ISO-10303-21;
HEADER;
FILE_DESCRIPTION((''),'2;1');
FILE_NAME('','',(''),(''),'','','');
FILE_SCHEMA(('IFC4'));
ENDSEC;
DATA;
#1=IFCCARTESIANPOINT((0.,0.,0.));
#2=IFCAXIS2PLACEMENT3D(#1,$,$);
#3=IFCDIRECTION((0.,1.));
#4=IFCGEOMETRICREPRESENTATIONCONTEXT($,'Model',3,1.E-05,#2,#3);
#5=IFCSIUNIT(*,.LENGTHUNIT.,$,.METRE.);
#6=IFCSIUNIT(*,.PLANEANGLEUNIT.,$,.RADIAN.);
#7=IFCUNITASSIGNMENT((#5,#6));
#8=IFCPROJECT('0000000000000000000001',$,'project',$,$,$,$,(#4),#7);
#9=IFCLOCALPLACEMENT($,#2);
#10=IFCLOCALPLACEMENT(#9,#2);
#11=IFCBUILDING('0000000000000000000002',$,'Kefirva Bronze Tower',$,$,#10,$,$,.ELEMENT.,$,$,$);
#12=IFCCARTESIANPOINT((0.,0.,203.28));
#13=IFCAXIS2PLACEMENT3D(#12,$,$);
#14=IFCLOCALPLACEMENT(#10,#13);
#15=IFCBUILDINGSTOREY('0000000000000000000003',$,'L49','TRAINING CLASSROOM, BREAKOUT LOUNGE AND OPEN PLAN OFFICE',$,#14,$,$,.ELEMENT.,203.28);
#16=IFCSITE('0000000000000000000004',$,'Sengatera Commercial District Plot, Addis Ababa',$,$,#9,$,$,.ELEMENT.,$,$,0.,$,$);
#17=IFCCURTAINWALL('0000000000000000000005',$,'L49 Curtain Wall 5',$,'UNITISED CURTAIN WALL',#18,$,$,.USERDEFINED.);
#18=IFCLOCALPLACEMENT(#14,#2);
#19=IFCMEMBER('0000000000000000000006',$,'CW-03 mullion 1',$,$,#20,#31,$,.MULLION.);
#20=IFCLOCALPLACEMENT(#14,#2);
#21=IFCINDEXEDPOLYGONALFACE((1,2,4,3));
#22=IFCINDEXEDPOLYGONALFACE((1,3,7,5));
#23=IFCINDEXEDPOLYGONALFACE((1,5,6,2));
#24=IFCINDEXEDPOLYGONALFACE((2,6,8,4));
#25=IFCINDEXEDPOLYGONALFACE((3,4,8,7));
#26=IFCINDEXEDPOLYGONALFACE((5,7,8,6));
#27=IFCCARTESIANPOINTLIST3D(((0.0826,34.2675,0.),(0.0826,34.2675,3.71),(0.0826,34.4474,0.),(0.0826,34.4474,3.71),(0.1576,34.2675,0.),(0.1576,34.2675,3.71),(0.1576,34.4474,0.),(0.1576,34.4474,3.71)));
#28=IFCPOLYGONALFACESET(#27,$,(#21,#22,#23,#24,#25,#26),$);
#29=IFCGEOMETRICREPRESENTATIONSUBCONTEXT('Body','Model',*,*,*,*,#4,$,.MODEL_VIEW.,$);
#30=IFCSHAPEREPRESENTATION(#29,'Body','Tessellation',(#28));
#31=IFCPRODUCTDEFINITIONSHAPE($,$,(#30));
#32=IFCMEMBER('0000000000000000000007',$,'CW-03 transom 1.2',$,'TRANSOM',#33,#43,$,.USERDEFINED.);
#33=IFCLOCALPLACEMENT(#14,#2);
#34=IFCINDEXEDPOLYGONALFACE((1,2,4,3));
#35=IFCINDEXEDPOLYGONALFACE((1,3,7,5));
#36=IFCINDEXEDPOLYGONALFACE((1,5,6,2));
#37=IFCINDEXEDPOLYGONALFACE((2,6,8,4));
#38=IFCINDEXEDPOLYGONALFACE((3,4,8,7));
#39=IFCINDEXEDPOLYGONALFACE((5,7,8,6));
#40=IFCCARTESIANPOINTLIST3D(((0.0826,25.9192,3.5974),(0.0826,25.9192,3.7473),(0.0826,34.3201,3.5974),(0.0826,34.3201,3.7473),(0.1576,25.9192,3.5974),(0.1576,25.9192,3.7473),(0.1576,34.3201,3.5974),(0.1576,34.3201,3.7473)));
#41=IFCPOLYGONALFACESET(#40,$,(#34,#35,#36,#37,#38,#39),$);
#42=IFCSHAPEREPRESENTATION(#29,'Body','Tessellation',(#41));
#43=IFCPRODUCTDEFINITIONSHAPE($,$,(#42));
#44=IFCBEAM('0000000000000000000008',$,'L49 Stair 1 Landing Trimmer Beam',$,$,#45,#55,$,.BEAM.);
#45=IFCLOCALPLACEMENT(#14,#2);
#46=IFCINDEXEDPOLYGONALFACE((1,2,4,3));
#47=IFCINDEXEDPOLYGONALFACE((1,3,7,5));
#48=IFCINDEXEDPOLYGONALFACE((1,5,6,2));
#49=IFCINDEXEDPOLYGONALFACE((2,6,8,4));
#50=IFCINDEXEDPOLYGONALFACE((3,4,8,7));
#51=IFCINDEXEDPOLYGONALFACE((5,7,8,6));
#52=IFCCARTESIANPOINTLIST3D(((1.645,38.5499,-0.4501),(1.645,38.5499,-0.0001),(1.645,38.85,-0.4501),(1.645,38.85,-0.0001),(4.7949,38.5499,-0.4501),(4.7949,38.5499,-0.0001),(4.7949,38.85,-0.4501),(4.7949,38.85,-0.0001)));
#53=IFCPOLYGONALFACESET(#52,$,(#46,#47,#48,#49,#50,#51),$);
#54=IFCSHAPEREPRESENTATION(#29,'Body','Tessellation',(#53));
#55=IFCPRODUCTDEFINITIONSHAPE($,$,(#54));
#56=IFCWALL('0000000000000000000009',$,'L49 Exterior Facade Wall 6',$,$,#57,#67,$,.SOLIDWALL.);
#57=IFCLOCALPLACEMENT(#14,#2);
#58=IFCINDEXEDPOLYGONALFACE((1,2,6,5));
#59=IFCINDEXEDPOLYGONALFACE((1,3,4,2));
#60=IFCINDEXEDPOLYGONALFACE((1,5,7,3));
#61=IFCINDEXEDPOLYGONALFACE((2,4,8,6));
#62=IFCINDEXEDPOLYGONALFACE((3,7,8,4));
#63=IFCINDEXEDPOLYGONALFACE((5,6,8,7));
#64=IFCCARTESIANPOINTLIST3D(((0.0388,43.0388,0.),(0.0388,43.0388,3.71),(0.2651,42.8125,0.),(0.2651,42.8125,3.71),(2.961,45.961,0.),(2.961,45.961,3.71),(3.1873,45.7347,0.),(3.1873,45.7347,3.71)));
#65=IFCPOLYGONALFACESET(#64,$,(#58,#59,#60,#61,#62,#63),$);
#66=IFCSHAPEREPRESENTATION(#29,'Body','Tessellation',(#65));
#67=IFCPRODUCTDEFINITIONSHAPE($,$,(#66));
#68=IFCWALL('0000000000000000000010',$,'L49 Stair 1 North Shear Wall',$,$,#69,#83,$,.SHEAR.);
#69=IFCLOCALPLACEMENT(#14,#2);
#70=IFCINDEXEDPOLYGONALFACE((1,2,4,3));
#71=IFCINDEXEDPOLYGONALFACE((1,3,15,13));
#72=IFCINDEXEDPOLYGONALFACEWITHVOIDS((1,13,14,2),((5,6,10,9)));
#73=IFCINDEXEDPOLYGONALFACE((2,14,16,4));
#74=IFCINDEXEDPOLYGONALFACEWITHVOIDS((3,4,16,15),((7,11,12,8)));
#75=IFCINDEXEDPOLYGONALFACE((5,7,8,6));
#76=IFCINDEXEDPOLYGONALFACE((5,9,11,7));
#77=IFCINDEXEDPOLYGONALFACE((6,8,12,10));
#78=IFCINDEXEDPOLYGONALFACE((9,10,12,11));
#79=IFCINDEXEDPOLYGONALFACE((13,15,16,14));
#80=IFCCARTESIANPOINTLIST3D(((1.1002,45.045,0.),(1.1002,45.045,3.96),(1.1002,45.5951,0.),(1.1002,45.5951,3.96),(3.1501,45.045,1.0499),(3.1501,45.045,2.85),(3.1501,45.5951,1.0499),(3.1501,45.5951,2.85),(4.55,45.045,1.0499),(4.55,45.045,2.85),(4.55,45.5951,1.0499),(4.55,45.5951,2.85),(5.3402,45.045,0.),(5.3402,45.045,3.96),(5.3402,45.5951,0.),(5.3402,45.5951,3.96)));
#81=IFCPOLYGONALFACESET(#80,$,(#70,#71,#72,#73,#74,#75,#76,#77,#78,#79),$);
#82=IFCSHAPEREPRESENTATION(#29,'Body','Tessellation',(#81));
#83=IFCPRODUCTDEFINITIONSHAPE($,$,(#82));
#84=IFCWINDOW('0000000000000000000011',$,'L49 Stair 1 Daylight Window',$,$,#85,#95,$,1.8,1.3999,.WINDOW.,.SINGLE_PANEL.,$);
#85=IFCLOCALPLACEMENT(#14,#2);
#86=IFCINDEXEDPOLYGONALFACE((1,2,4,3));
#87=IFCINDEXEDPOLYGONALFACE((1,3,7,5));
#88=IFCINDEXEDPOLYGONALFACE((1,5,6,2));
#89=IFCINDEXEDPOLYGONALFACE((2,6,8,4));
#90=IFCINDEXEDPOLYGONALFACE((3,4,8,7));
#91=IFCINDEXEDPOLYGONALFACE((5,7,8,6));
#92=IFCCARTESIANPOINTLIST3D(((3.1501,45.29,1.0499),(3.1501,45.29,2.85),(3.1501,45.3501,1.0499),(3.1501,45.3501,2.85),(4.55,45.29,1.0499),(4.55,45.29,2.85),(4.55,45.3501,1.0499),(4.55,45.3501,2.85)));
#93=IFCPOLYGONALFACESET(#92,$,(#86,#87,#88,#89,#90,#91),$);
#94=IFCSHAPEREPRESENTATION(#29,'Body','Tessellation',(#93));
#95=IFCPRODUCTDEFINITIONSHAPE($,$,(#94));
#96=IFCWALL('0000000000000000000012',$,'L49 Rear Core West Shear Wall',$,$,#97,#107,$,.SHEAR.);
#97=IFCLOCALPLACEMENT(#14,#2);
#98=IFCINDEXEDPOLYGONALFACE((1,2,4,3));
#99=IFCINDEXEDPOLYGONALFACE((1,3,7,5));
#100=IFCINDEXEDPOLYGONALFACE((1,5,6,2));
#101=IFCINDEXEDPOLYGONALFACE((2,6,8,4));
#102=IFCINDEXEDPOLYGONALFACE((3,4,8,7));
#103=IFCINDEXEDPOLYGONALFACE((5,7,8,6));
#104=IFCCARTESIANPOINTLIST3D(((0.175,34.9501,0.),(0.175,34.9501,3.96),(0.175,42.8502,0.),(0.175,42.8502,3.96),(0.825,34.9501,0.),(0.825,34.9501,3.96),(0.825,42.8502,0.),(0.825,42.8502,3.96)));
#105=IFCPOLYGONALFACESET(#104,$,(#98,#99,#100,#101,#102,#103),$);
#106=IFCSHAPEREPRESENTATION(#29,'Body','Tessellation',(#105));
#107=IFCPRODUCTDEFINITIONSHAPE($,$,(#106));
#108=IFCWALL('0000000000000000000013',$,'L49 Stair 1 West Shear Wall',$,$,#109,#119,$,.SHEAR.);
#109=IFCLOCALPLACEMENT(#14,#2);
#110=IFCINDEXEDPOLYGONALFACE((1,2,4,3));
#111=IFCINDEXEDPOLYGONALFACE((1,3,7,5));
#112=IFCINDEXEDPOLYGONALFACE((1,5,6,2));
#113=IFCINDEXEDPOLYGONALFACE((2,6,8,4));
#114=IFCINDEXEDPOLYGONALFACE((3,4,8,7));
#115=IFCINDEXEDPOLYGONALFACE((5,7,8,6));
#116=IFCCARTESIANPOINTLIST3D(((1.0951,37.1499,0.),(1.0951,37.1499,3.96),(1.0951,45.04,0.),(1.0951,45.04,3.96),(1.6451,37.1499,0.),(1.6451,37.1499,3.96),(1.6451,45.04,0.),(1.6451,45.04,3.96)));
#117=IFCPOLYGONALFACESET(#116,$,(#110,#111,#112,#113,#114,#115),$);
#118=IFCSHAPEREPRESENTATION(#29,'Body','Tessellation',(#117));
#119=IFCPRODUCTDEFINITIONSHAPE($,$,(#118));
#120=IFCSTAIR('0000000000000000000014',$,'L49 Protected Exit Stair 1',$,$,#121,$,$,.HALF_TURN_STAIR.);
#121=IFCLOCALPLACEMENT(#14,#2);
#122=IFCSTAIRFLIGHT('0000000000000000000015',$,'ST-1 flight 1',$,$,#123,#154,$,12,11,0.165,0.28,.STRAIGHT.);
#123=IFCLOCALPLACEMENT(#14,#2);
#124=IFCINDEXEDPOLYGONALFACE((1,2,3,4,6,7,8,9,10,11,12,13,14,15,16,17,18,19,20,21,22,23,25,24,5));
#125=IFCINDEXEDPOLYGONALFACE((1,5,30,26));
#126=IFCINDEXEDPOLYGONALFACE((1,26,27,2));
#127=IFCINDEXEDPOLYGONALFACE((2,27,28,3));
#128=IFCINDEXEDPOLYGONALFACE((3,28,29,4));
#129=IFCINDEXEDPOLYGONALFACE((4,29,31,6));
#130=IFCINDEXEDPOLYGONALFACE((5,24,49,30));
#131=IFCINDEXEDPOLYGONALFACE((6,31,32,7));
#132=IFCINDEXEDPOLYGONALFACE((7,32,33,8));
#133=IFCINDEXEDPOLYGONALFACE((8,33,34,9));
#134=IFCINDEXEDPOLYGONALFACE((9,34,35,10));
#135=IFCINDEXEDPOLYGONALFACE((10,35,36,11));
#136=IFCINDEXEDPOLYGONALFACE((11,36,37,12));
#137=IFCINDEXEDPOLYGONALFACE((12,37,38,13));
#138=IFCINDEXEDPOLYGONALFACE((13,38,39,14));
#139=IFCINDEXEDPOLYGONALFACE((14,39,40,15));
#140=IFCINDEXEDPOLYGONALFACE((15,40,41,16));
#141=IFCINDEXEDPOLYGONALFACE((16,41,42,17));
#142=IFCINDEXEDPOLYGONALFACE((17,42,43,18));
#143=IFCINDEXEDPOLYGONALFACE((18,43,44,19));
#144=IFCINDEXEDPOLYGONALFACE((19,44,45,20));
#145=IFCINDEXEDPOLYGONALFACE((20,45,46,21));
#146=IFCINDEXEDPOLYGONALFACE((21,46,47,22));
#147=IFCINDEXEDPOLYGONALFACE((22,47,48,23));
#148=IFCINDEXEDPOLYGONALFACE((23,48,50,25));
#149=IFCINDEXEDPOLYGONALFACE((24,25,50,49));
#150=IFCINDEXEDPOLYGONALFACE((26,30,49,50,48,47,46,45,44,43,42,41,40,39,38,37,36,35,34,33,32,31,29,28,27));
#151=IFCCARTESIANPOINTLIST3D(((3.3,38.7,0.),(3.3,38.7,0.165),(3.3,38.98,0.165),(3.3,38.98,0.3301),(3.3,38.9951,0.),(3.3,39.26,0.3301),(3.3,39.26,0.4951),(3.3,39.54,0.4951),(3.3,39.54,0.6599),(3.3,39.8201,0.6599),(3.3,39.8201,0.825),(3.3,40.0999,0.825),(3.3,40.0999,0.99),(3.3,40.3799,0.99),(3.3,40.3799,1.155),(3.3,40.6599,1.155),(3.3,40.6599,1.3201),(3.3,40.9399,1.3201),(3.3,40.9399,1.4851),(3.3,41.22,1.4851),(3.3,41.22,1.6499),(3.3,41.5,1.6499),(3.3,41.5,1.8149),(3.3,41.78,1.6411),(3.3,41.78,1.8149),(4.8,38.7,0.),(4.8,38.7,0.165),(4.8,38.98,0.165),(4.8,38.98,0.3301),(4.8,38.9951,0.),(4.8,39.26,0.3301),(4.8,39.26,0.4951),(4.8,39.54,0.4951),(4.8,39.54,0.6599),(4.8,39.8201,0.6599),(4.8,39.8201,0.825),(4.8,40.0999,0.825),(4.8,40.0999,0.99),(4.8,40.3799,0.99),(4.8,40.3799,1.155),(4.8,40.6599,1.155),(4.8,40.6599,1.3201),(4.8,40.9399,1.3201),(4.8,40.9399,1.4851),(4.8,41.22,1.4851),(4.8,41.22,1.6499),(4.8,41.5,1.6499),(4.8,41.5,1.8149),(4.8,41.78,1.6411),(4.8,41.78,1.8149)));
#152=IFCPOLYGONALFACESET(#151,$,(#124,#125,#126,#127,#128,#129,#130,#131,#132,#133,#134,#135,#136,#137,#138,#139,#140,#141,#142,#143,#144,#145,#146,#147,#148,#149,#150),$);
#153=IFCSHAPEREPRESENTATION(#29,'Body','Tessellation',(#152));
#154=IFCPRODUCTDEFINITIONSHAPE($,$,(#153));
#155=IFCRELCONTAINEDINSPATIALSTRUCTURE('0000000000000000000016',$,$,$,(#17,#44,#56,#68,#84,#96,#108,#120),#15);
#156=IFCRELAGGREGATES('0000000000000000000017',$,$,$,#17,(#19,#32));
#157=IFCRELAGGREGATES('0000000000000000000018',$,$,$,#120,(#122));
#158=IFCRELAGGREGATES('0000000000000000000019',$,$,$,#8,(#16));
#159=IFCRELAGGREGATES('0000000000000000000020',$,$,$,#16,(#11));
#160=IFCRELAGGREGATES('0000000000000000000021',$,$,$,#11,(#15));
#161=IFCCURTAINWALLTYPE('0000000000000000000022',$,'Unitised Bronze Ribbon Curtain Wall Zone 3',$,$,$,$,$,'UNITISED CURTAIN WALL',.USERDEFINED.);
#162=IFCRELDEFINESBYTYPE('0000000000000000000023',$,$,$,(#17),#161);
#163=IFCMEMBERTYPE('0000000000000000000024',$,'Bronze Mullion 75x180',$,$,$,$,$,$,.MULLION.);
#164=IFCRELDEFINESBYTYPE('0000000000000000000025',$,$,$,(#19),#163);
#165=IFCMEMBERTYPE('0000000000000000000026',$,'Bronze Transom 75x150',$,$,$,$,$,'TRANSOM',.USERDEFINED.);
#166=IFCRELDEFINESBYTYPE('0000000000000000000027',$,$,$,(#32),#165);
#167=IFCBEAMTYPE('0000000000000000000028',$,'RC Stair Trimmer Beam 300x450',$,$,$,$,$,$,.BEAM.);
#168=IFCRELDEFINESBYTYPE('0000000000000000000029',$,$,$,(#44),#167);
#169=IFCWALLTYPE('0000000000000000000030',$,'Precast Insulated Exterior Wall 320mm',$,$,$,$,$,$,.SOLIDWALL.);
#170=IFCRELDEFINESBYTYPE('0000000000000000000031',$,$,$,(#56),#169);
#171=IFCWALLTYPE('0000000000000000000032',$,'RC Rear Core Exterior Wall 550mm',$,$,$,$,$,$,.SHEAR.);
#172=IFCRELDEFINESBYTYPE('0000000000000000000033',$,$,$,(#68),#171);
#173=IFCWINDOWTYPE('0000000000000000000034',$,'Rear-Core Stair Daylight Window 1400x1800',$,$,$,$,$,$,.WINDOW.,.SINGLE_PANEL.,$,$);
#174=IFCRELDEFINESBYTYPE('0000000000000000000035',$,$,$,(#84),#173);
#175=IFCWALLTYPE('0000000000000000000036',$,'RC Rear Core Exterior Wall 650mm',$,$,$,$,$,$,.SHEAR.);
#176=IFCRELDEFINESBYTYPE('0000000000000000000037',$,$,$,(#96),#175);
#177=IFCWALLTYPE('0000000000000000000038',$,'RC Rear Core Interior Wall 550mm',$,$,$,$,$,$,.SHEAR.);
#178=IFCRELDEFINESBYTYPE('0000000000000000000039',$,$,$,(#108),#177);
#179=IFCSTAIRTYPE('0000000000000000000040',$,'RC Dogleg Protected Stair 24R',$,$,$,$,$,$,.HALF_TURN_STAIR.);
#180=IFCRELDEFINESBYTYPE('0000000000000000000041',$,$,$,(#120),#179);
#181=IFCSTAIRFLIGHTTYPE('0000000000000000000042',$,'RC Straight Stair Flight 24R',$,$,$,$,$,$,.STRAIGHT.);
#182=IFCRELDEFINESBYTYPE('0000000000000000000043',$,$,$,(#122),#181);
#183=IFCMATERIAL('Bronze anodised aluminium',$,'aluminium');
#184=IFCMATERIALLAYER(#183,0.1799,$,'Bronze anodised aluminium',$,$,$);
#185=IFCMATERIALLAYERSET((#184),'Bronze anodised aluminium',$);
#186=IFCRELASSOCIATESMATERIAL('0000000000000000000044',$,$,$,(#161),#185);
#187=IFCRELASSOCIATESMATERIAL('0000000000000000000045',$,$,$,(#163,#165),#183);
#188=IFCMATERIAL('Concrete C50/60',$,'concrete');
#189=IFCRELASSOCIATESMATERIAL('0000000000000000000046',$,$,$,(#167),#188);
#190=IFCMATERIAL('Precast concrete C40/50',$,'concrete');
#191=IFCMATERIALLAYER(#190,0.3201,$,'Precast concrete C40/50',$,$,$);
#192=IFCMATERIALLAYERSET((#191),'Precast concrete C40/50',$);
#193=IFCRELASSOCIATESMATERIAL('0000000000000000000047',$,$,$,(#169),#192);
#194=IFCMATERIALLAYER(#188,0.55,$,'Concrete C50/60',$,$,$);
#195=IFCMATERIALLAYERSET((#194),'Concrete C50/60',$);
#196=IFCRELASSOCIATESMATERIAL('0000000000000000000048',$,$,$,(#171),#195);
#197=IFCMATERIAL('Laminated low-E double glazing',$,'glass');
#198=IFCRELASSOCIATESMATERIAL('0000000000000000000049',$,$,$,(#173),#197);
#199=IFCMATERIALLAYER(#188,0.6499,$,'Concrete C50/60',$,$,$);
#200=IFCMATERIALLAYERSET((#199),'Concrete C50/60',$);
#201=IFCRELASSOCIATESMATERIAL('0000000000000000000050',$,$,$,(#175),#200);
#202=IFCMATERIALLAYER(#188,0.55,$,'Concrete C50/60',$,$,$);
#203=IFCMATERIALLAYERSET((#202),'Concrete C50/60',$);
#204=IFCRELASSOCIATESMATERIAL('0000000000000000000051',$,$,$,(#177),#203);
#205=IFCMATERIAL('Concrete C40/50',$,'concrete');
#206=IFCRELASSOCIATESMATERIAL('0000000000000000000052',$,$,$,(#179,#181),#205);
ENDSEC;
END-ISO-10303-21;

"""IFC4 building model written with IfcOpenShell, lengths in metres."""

from ifc_helpers import new_model, si_unit, direction, frame, frame_2d, origin, origin_2d, place, context, subcontext, project, spatial, polyline, rectangle, outline, extrude, material, layer, layer_set, material_profile, profile_set, type_object, element, fill, aggregate, save


model = new_model("IFC4")

# Units and contexts
model_context = context("Model", 3, precision=1e-05, world=origin(), true_north=direction((0.0, 1.0)))
body_context = subcontext(model_context, "Body", "Model", "MODEL_VIEW")
ifc_project = project(units=[si_unit("LENGTHUNIT", "METRE"), si_unit("PLANEANGLEUNIT", "RADIAN")], contexts=[model_context])

# Site, building, storey
site_placement = place(None, origin())
site = spatial("IfcSite", under=ifc_project, at=site_placement, Name="Sengatera Commercial District Plot, Addis Ababa", CompositionType="ELEMENT", RefElevation=0.0)
building_placement = place(site_placement, origin())
building = spatial("IfcBuilding", under=site, at=building_placement, Name="Kefirva Bronze Tower", CompositionType="ELEMENT")
storey_placement = place(building_placement, frame((0.0, 0.0, 203.28)))
storey = spatial("IfcBuildingStorey", under=building, at=storey_placement, Name="L49", Description="TRAINING CLASSROOM, BREAKOUT LOUNGE AND OPEN PLAN OFFICE", CompositionType="ELEMENT", Elevation=203.28)

# Curtain wall, members
ifc_material_1 = material(Name="Bronze anodised aluminium", Category="aluminium")
ifc_layer_1 = layer(ifc_material_1, 0.1799, Name="Bronze anodised aluminium")
ifc_layer_set_1 = layer_set([ifc_layer_1], Name="Bronze anodised aluminium")
curtain_wall_type = type_object("IfcCurtainWallType", Name="Unitised Bronze Ribbon Curtain Wall Zone 3", ElementType="UNITISED CURTAIN WALL", PredefinedType="USERDEFINED", material=ifc_layer_set_1)
curtain_wall_placement = place(storey_placement, origin())
curtain_wall = element("IfcCurtainWall", 1, at=curtain_wall_placement, inside=storey, type_object=curtain_wall_type, Name="L49 Curtain Wall 5", ObjectType="UNITISED CURTAIN WALL", PredefinedType="USERDEFINED")
ifc_material_profile_1 = material_profile(ifc_material_1, rectangle(XDim=0.075, YDim=0.1799, at=origin_2d()), Name="ALU 75x180")
ifc_profile_set_1 = profile_set([ifc_material_profile_1], Name="Bronze anodised aluminium")
member_type_1 = type_object("IfcMemberType", Name="Bronze Mullion 75x180", PredefinedType="MULLION", material=ifc_profile_set_1)
member_1_placement = place(storey_placement, frame((0.1201, 34.3574, 0.0), z_axis=(0.0, 0.0, 1.0), x_axis=(1.0, 0.0, 0.0)))
member_1 = element("IfcMember", 2, at=member_1_placement, type_object=member_type_1, Name="CW-03 mullion 1", PredefinedType="MULLION", context=body_context, shape_type="SweptSolid", body=[
    extrude(rectangle(XDim=0.075, YDim=0.1799, at=origin_2d()), origin(), (0.0, 0.0, 1.0), 3.71),
])
ifc_material_profile_2 = material_profile(ifc_material_1, rectangle(XDim=0.075, YDim=0.1499, at=origin_2d()), Name="ALU 75x150")
ifc_profile_set_2 = profile_set([ifc_material_profile_2], Name="Bronze anodised aluminium")
member_type_2 = type_object("IfcMemberType", Name="Bronze Transom 75x150", ElementType="TRANSOM", PredefinedType="USERDEFINED", material=ifc_profile_set_2)
member_2_placement = place(storey_placement, frame((0.1201, 34.3201, 3.6724), z_axis=(0.0, -1.0, 0.0), x_axis=(1.0, 0.0, 0.0)))
member_2 = element("IfcMember", 3, at=member_2_placement, type_object=member_type_2, Name="CW-03 transom 1.2", ObjectType="TRANSOM", PredefinedType="USERDEFINED", context=body_context, shape_type="SweptSolid", body=[
    extrude(rectangle(XDim=0.075, YDim=0.1499, at=origin_2d()), origin(), (0.0, 0.0, 1.0), 8.4009),
])
aggregate(curtain_wall, [member_1, member_2])

# Beam
ifc_material_2 = material(Name="Concrete C50/60", Category="concrete")
ifc_material_profile_3 = material_profile(ifc_material_2, rectangle(XDim=0.3, YDim=0.45, at=origin_2d()), Name="RC 300x450")
ifc_profile_set_3 = profile_set([ifc_material_profile_3], Name="Concrete C50/60")
beam_type = type_object("IfcBeamType", Name="RC Stair Trimmer Beam 300x450", PredefinedType="BEAM", material=ifc_profile_set_3)
beam_placement = place(storey_placement, frame((1.645, 38.7, -0.2251), z_axis=(1.0, 0.0, 0.0), x_axis=(0.0, 1.0, 0.0)))
element("IfcBeam", 4, at=beam_placement, inside=storey, type_object=beam_type, Name="L49 Stair 1 Landing Trimmer Beam", PredefinedType="BEAM", context=body_context, shape_type="SweptSolid", body=[
    extrude(rectangle(XDim=0.3, YDim=0.45, at=origin_2d()), origin(), (0.0, 0.0, 1.0), 3.1499),
])

# Wall
ifc_material_3 = material(Name="Precast concrete C40/50", Category="concrete")
ifc_layer_2 = layer(ifc_material_3, 0.3201, Name="Precast concrete C40/50")
ifc_layer_set_2 = layer_set([ifc_layer_2], Name="Precast concrete C40/50")
wall_type_1 = type_object("IfcWallType", Name="Precast Insulated Exterior Wall 320mm", PredefinedType="SOLIDWALL", material=ifc_layer_set_2)
wall_1_placement = place(storey_placement, frame((3.0742, 45.8479, 0.0), z_axis=(0.0, 0.0, 1.0), x_axis=(-0.707107, -0.707107, 0.0)))
element("IfcWall", 5, at=wall_1_placement, inside=storey, type_object=wall_type_1, Name="L49 Exterior Facade Wall 6", PredefinedType="SOLIDWALL", context=body_context, shape_type="SweptSolid", body=[
    extrude(rectangle(XDim=4.1326, YDim=0.3201, at=frame_2d((2.0664, 0.0))), origin(), (0.0, 0.0, 1.0), 3.71),
])

# Wall, opening, window
ifc_layer_3 = layer(ifc_material_2, 0.55, Name="Concrete C50/60")
ifc_layer_set_3 = layer_set([ifc_layer_3], Name="Concrete C50/60")
wall_type_2 = type_object("IfcWallType", Name="RC Rear Core Exterior Wall 550mm", PredefinedType="SHEAR", material=ifc_layer_set_3)
wall_2_placement = place(storey_placement, frame((1.1001, 45.3201, 0.0), z_axis=(0.0, 0.0, 1.0), x_axis=(1.0, 0.0, 0.0)))
wall_2 = element("IfcWall", 6, at=wall_2_placement, inside=storey, type_object=wall_type_2, Name="L49 Stair 1 North Shear Wall", PredefinedType="SHEAR", context=body_context, shape_type="SweptSolid", body=[
    extrude(rectangle(XDim=4.24, YDim=0.55, at=frame_2d((2.1201, 0.0))), origin(), (0.0, 0.0, 1.0), 3.96),
])
opening_1_placement = place(wall_2_placement, frame((2.05, 0.0, 1.05)))
opening_1 = element("IfcOpeningElement", 7, at=opening_1_placement, cuts=wall_2, PredefinedType="OPENING", context=body_context, shape_type="SweptSolid", body=[
    extrude(rectangle(XDim=1.3999, YDim=1.8, at=frame_2d((0.7, 0.8999))), frame((0.0, 0.2852, 0.0), z_axis=(0.0, -1.0, 0.0), x_axis=(1.0, 0.0, 0.0)), (0.0, 0.0, 1.0), 0.5701),
])
ifc_material_4 = material(Name="Laminated low-E double glazing", Category="glass")
window_type = type_object("IfcWindowType", Name="Rear-Core Stair Daylight Window 1400x1800", PartitioningType="SINGLE_PANEL", PredefinedType="WINDOW", material=ifc_material_4)
window_placement = place(opening_1_placement, origin())
window = element("IfcWindow", 8, at=window_placement, inside=storey, type_object=window_type, Name="L49 Stair 1 Daylight Window", OverallHeight=1.8, OverallWidth=1.3999, PartitioningType="SINGLE_PANEL", PredefinedType="WINDOW", context=body_context, shape_type="SweptSolid", body=[
    extrude(rectangle(XDim=1.3999, YDim=1.8, at=frame_2d((0.7, 0.8999))), frame((0.0, 0.03, 0.0), z_axis=(0.0, -1.0, 0.0), x_axis=(1.0, 0.0, 0.0)), (0.0, 0.0, 1.0), 0.0601),
])
fill(opening_1, window)

# Walls
ifc_layer_4 = layer(ifc_material_2, 0.6499, Name="Concrete C50/60")
ifc_layer_set_4 = layer_set([ifc_layer_4], Name="Concrete C50/60")
wall_type_3 = type_object("IfcWallType", Name="RC Rear Core Exterior Wall 650mm", PredefinedType="SHEAR", material=ifc_layer_set_4)
wall_3_placement = place(storey_placement, frame((0.5, 34.95, 0.0), z_axis=(0.0, 0.0, 1.0), x_axis=(0.0, 1.0, 0.0)))
element("IfcWall", 9, at=wall_3_placement, inside=storey, type_object=wall_type_3, Name="L49 Rear Core West Shear Wall", PredefinedType="SHEAR", context=body_context, shape_type="SweptSolid", body=[
    extrude(rectangle(XDim=7.9001, YDim=0.6499, at=frame_2d((3.9502, 0.0))), origin(), (0.0, 0.0, 1.0), 3.96),
])
ifc_layer_5 = layer(ifc_material_2, 0.55, Name="Concrete C50/60")
ifc_layer_set_5 = layer_set([ifc_layer_5], Name="Concrete C50/60")
wall_type_4 = type_object("IfcWallType", Name="RC Rear Core Interior Wall 550mm", PredefinedType="SHEAR", material=ifc_layer_set_5)
wall_4_placement = place(storey_placement, frame((1.3701, 37.1499, 0.0), z_axis=(0.0, 0.0, 1.0), x_axis=(0.0, 1.0, 0.0)))
element("IfcWall", 10, at=wall_4_placement, inside=storey, type_object=wall_type_4, Name="L49 Stair 1 West Shear Wall", PredefinedType="SHEAR", context=body_context, shape_type="SweptSolid", body=[
    extrude(rectangle(XDim=7.8901, YDim=0.55, at=frame_2d((3.9451, 0.0))), origin(), (0.0, 0.0, 1.0), 3.96),
])

# Stair, stair flight
ifc_material_5 = material(Name="Concrete C40/50", Category="concrete")
stair_type = type_object("IfcStairType", Name="RC Dogleg Protected Stair 24R", PredefinedType="HALF_TURN_STAIR", material=ifc_material_5)
stair_placement = place(storey_placement, origin())
stair = element("IfcStair", 11, at=stair_placement, inside=storey, type_object=stair_type, Name="L49 Protected Exit Stair 1", PredefinedType="HALF_TURN_STAIR")
stair_flight_type = type_object("IfcStairFlightType", Name="RC Straight Stair Flight 24R", PredefinedType="STRAIGHT", material=ifc_material_5)
stair_flight_1_placement = place(storey_placement, frame((4.05, 38.7, 0.0), z_axis=(0.0, 0.0, 1.0), x_axis=(0.0, 1.0, 0.0)))
stair_flight_1 = element("IfcStairFlight", 12, at=stair_flight_1_placement, type_object=stair_flight_type, Name="ST-1 flight 1", NumberOfRisers=12, NumberOfTreads=11, PredefinedType="STRAIGHT", RiserHeight=0.165, TreadLength=0.28, context=body_context, shape_type="SweptSolid", body=[
    extrude(outline(polyline([(0.0, 0.0), (0.0, 0.165), (0.28, 0.165), (0.28, 0.3301), (0.5601, 0.3301), (0.5601, 0.4951), (0.8401, 0.4951), (0.8401, 0.6599), (1.1201, 0.6599), (1.1201, 0.825), (1.3999, 0.825), (1.3999, 0.99), (1.6799, 0.99), (1.6799, 1.155), (1.96, 1.155), (1.96, 1.3201), (2.24, 1.3201), (2.24, 1.4851), (2.52, 1.4851), (2.52, 1.6499), (2.8, 1.6499), (2.8, 1.8149), (3.0801, 1.8149), (3.0801, 1.98), (3.0801, 1.6411), (0.2952, 0.0), (0.0, 0.0)])), frame((0.0, 0.75, 0.0), z_axis=(0.0, -1.0, 0.0), x_axis=(1.0, 0.0, 0.0)), (0.0, 0.0, 1.0), 1.5),
])
aggregate(stair, [stair_flight_1])

save(model, "model.ifc")
